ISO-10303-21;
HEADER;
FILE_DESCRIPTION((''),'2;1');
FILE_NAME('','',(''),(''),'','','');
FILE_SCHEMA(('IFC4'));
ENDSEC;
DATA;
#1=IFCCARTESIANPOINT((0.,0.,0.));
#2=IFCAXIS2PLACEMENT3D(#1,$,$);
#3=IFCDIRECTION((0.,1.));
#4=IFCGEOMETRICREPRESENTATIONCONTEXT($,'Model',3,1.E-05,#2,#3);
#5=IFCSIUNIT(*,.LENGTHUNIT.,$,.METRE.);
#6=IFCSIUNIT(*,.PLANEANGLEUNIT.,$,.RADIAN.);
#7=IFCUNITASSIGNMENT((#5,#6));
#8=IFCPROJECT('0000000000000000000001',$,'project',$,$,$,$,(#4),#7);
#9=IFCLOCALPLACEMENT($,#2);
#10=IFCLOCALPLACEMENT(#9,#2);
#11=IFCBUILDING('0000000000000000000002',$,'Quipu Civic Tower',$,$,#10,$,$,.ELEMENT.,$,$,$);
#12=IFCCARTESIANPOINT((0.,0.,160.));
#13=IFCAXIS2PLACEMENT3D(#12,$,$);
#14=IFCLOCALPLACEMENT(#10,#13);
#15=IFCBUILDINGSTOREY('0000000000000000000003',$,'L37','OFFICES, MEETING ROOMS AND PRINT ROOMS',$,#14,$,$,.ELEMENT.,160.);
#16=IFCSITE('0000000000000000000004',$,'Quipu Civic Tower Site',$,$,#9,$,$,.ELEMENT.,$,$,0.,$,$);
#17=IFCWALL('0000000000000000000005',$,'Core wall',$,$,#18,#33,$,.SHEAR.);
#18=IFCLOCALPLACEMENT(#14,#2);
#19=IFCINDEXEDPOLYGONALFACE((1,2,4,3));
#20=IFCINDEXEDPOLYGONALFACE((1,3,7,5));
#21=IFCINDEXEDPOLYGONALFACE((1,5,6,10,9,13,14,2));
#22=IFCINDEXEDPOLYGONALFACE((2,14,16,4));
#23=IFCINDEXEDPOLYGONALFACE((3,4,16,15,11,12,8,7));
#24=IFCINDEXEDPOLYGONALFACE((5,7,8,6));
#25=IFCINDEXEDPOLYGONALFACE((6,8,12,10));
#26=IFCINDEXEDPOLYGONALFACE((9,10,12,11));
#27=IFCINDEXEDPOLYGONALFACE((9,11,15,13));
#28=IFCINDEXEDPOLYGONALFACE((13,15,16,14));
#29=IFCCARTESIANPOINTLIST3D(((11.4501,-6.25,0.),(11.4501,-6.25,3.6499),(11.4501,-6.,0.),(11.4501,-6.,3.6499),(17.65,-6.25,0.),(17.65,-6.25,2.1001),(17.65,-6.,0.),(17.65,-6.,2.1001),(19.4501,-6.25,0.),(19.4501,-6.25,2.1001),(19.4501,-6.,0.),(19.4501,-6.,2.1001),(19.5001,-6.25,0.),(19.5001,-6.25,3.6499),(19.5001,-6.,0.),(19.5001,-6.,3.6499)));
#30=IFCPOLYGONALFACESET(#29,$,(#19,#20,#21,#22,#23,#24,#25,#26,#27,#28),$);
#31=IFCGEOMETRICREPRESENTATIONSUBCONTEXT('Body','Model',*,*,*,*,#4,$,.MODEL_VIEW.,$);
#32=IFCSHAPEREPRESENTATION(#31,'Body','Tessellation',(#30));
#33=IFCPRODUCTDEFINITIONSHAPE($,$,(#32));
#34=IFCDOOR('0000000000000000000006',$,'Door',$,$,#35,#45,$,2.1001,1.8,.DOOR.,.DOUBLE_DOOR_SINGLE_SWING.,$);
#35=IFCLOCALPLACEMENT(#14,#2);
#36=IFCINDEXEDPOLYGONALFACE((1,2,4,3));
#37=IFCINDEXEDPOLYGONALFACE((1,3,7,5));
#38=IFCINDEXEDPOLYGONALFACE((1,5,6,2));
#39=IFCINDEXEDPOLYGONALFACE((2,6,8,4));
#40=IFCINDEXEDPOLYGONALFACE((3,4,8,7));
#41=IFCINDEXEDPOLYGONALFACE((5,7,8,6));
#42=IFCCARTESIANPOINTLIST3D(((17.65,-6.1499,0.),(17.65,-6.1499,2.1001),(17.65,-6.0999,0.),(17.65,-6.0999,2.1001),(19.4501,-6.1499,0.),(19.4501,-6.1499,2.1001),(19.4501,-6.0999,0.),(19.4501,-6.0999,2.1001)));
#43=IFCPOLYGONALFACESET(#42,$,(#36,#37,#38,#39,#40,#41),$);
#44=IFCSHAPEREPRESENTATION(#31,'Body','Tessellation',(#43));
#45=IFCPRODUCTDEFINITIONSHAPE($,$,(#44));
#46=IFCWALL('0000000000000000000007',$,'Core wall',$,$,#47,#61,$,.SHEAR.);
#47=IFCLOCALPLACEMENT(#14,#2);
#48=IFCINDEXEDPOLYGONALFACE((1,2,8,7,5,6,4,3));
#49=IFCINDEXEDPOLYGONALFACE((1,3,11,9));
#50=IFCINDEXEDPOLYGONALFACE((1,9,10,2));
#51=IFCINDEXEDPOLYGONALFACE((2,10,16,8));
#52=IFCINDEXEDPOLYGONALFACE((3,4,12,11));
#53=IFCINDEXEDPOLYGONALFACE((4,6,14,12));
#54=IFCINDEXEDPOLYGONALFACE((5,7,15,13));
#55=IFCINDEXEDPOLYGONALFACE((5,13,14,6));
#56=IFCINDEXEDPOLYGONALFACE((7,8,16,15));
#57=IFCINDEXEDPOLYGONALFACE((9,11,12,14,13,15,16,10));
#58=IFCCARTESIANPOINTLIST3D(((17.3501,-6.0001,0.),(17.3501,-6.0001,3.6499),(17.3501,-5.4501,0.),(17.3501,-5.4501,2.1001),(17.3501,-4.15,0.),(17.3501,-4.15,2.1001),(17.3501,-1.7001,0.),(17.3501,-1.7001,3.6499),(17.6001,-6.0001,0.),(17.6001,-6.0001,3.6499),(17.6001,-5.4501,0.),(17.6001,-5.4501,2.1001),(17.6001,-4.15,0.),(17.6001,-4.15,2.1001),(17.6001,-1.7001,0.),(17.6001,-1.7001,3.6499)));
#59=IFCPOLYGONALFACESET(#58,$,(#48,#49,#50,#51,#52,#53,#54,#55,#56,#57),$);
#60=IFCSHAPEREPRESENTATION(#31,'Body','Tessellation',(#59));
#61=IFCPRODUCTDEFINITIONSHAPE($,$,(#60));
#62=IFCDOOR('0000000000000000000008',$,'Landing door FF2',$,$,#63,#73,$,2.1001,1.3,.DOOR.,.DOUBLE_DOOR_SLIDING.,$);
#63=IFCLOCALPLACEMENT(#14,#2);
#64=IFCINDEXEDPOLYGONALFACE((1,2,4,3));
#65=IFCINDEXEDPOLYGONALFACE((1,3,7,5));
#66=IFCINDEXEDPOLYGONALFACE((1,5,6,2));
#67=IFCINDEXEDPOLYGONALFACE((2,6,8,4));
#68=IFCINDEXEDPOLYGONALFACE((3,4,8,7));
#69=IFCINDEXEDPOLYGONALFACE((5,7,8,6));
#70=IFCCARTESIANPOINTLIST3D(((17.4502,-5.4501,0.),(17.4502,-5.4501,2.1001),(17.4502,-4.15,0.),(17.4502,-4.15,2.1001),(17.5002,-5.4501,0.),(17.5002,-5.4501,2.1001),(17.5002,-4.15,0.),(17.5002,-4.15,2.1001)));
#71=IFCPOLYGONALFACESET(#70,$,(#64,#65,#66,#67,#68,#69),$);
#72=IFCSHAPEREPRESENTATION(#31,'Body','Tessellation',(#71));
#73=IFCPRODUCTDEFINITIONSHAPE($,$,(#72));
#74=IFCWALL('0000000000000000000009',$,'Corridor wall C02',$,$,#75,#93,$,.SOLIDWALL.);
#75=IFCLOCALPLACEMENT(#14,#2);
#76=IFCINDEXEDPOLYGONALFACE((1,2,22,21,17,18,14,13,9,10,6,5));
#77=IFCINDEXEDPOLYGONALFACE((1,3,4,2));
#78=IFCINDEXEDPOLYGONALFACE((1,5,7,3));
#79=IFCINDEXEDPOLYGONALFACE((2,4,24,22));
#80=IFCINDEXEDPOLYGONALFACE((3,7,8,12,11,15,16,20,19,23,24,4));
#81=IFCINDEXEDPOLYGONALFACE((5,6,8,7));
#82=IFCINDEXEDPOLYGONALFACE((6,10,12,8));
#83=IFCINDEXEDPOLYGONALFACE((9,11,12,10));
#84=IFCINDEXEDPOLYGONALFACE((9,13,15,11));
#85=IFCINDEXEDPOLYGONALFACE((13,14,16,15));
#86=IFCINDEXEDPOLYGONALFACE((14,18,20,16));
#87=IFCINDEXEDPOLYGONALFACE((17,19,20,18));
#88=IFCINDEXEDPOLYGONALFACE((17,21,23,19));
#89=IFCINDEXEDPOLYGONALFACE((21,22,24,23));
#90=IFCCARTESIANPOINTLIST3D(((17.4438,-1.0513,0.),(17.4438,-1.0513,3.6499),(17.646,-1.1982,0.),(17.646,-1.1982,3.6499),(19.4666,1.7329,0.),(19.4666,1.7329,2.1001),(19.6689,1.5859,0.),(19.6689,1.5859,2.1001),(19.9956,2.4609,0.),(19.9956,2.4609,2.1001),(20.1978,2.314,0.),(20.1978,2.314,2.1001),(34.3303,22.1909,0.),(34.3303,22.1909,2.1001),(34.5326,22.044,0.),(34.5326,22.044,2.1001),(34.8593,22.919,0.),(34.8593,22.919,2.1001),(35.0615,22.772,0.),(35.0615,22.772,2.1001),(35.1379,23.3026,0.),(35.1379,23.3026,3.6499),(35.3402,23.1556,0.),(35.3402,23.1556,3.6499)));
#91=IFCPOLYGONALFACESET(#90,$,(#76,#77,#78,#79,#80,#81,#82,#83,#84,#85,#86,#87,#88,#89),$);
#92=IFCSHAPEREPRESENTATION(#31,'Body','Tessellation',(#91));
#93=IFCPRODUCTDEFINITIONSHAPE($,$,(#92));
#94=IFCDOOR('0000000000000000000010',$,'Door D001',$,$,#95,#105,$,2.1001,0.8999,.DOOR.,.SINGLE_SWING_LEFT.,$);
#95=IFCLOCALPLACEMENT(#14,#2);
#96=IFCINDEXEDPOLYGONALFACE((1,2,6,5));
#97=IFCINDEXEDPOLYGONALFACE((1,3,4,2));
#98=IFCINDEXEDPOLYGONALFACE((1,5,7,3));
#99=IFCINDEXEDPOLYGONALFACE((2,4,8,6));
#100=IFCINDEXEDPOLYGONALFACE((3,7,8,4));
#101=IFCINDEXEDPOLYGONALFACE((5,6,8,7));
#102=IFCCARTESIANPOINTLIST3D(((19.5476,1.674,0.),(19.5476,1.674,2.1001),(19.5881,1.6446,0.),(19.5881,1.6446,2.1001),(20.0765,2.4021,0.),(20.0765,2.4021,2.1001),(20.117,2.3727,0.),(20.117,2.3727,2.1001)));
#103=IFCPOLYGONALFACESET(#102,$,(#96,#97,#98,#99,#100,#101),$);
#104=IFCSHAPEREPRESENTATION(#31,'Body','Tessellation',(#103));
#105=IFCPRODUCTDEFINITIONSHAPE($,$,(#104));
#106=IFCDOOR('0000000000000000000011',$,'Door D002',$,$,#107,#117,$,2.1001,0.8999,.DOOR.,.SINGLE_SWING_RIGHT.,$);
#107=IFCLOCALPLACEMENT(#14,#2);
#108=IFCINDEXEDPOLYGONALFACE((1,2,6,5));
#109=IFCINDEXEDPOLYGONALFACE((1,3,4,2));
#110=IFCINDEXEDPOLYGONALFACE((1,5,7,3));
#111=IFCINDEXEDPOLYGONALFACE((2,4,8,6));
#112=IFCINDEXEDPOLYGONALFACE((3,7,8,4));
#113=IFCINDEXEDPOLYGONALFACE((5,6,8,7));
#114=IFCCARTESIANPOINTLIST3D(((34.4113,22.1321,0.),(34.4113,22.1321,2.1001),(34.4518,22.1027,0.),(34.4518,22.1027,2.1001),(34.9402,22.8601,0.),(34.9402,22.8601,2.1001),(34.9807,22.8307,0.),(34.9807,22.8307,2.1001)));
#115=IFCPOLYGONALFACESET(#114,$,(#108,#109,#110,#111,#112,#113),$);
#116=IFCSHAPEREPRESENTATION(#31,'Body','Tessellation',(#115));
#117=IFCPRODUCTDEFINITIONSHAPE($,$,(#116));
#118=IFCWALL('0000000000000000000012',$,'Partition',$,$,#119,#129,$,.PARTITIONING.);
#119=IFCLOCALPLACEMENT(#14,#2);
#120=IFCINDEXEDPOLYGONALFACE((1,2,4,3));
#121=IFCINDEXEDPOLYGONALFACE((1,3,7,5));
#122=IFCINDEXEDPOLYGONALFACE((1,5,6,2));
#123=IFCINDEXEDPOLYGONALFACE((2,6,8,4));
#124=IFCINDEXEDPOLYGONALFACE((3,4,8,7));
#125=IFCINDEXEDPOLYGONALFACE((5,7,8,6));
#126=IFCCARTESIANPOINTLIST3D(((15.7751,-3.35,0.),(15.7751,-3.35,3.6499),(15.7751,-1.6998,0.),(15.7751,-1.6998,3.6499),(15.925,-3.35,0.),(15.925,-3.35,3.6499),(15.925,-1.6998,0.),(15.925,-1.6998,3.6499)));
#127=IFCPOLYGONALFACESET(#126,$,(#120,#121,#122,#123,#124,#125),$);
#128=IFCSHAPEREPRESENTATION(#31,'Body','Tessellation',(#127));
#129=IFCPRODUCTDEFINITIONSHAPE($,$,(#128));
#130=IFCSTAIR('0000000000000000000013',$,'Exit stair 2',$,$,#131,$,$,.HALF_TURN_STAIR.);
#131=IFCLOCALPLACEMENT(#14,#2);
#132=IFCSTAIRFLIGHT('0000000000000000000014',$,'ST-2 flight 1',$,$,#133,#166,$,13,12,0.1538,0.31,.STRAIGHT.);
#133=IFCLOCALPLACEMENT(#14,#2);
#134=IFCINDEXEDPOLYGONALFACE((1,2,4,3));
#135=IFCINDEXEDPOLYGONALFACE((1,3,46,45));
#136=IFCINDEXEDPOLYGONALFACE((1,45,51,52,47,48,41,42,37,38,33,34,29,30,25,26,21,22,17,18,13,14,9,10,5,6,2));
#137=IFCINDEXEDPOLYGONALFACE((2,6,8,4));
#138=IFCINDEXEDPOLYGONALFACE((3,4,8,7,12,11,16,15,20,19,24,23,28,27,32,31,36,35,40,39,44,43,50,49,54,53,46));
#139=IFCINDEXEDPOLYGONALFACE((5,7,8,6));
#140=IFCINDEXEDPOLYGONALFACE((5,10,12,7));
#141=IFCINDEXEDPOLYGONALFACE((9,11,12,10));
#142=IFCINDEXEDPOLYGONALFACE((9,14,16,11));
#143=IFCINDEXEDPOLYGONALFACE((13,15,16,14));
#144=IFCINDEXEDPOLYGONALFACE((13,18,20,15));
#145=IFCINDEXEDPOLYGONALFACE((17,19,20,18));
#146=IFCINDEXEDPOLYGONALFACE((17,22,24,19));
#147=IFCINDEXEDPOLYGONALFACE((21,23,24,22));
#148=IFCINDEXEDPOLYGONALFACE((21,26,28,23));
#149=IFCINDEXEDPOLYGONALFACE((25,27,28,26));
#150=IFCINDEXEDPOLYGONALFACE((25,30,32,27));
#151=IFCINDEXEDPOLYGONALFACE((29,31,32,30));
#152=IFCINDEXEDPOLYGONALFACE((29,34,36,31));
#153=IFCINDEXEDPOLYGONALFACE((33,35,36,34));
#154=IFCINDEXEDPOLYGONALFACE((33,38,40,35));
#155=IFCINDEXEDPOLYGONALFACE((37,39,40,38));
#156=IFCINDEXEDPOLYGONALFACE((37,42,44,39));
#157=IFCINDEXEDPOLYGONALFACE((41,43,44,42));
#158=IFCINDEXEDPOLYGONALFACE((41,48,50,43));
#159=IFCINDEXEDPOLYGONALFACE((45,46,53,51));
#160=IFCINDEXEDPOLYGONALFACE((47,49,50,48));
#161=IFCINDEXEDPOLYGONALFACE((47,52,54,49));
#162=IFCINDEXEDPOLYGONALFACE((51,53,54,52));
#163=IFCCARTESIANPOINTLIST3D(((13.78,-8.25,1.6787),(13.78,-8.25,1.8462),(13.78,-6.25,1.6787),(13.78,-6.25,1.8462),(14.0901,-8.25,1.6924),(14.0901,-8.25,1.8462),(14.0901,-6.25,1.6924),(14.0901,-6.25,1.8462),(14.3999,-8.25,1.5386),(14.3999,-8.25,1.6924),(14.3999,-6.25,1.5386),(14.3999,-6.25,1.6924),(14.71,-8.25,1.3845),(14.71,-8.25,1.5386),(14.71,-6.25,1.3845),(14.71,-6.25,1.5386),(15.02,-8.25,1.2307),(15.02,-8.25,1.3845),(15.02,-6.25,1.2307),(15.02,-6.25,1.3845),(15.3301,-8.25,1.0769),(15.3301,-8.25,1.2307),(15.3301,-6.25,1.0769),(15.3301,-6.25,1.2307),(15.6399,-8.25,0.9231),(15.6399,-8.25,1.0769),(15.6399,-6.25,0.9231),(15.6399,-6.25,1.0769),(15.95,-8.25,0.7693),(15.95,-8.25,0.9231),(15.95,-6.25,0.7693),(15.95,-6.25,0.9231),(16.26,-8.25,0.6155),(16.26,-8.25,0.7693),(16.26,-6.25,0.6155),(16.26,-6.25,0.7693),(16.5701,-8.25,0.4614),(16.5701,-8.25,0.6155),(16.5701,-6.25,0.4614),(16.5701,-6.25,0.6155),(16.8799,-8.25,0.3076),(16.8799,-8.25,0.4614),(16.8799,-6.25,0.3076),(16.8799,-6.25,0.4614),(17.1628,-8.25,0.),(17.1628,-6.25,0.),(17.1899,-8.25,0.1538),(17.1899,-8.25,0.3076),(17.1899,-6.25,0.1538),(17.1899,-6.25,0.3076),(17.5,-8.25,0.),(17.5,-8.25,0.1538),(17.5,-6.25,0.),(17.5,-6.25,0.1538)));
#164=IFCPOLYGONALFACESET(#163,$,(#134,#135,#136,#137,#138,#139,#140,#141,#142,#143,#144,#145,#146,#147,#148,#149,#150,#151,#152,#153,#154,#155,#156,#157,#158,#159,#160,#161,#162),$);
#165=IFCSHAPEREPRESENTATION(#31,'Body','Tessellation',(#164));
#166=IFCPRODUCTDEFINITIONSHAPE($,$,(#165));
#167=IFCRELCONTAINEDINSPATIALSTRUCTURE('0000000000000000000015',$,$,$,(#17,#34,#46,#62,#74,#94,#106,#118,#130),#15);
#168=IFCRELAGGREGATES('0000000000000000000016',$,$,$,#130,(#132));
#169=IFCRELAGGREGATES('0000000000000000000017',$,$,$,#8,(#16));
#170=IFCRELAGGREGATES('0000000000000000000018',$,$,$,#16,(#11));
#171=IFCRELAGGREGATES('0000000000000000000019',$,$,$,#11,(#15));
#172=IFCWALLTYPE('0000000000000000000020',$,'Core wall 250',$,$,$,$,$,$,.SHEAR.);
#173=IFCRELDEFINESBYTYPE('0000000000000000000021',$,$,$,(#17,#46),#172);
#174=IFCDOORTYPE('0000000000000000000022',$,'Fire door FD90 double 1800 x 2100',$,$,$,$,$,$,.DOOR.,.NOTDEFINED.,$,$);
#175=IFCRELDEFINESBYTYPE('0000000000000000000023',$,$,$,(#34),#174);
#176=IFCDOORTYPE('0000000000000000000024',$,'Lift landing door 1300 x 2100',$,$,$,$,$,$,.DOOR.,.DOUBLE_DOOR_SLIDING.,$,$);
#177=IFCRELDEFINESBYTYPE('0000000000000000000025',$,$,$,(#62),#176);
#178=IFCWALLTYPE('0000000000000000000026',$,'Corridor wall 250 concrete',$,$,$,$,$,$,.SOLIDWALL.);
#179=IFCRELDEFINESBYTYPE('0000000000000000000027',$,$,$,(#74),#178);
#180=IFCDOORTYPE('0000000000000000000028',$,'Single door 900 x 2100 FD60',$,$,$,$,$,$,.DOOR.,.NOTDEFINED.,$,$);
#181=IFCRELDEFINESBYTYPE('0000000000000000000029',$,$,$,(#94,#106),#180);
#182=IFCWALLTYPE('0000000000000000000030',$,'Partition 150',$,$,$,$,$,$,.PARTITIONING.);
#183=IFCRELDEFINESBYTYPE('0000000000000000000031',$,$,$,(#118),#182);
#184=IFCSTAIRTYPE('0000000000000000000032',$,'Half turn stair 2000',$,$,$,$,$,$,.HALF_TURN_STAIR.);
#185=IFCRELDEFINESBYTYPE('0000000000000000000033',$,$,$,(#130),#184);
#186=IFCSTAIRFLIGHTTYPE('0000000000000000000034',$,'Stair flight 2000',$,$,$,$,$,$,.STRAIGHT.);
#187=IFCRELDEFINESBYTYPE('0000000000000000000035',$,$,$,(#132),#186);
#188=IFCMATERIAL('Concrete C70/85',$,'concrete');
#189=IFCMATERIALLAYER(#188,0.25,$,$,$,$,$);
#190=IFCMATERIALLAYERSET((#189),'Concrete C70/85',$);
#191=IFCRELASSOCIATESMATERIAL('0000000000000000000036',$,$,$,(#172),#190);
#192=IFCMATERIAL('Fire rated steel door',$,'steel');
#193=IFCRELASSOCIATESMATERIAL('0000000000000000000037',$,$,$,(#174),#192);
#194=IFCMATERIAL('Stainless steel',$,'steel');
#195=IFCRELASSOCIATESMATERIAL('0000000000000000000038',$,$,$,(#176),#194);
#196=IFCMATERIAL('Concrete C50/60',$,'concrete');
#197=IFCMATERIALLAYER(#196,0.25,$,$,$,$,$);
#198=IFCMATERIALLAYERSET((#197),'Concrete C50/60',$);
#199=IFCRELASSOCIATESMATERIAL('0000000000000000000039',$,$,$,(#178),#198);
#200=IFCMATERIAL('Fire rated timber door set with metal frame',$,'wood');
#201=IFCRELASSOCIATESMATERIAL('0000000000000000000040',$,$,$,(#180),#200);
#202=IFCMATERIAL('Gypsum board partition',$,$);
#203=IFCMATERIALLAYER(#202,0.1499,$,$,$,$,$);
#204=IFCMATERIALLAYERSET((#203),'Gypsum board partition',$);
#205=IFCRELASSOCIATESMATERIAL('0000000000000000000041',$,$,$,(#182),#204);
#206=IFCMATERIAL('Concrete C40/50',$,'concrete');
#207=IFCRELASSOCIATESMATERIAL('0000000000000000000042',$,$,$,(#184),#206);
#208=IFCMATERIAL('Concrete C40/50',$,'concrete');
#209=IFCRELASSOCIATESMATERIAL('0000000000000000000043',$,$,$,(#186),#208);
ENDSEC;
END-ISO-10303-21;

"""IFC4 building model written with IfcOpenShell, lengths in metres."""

from ifc_helpers import new_model, si_unit, direction, frame, frame_2d, origin, place, context, subcontext, project, spatial, polyline, rectangle, outline, extrude, material, layer, layer_set, type_object, element, fill, aggregate, save


model = new_model("IFC4")

# Units and contexts
model_context = context("Model", 3, precision=1e-05, world=origin(), true_north=direction((0.0, 1.0)))
body_context = subcontext(model_context, "Body", "Model", "MODEL_VIEW")
ifc_project = project(units=[si_unit("LENGTHUNIT", "METRE"), si_unit("PLANEANGLEUNIT", "RADIAN")], contexts=[model_context])

# Site, building, storey
site_placement = place(None, origin())
site = spatial("IfcSite", under=ifc_project, at=site_placement, Name="Quipu Civic Tower Site", CompositionType="ELEMENT", RefElevation=0.0)
building_placement = place(site_placement, origin())
building = spatial("IfcBuilding", under=site, at=building_placement, Name="Quipu Civic Tower", CompositionType="ELEMENT")
storey_placement = place(building_placement, frame((0.0, 0.0, 160.0)))
storey = spatial("IfcBuildingStorey", under=building, at=storey_placement, Name="L37", Description="OFFICES, MEETING ROOMS AND PRINT ROOMS", CompositionType="ELEMENT", Elevation=160.0)

# Walls, openings, doors
ifc_material_1 = material(Name="Concrete C70/85", Category="concrete")
ifc_layer_1 = layer(ifc_material_1, 0.25)
ifc_layer_set_1 = layer_set([ifc_layer_1], Name="Concrete C70/85")
wall_type_1 = type_object("IfcWallType", Name="Core wall 250", PredefinedType="SHEAR", material=ifc_layer_set_1)
wall_1_placement = place(storey_placement, frame((19.5, -6.125, 0.0), z_axis=(0.0, 0.0, 1.0), x_axis=(-1.0, 0.0, 0.0)))
wall_1 = element("IfcWall", 1, at=wall_1_placement, inside=storey, type_object=wall_type_1, Name="Core wall", PredefinedType="SHEAR", context=body_context, shape_type="SweptSolid", body=[
    extrude(rectangle(XDim=8.05, YDim=0.25, at=frame_2d((4.0249, 0.0))), origin(), (0.0, 0.0, 1.0), 3.6499),
])
opening_1_placement = place(wall_1_placement, frame((0.05, 0.0, 0.0)))
opening_1 = element("IfcOpeningElement", 2, at=opening_1_placement, cuts=wall_1, PredefinedType="OPENING", context=body_context, shape_type="SweptSolid", body=[
    extrude(rectangle(XDim=1.8, YDim=2.1001, at=frame_2d((0.8999, 1.05))), frame((0.0, 0.135, 0.0), z_axis=(0.0, -1.0, 0.0), x_axis=(1.0, 0.0, 0.0)), (0.0, 0.0, 1.0), 0.27),
])
ifc_material_2 = material(Name="Fire rated steel door", Category="steel")
door_type_1 = type_object("IfcDoorType", Name="Fire door FD90 double 1800 x 2100", OperationType="NOTDEFINED", PredefinedType="DOOR", material=ifc_material_2)
door_1_placement = place(opening_1_placement, origin())
door_1 = element("IfcDoor", 3, at=door_1_placement, inside=storey, type_object=door_type_1, Name="Door", OperationType="DOUBLE_DOOR_SINGLE_SWING", OverallHeight=2.1001, OverallWidth=1.8, PredefinedType="DOOR", context=body_context, shape_type="SweptSolid", body=[
    extrude(rectangle(XDim=1.8, YDim=2.1001, at=frame_2d((0.8999, 1.05))), frame((0.0, 0.0249, 0.0), z_axis=(0.0, -1.0, 0.0), x_axis=(1.0, 0.0, 0.0)), (0.0, 0.0, 1.0), 0.05),
])
fill(opening_1, door_1)
wall_2_placement = place(storey_placement, frame((17.4751, -6.0, 0.0), z_axis=(0.0, 0.0, 1.0), x_axis=(0.0, 1.0, 0.0)))
wall_2 = element("IfcWall", 4, at=wall_2_placement, inside=storey, type_object=wall_type_1, Name="Core wall", PredefinedType="SHEAR", context=body_context, shape_type="SweptSolid", body=[
    extrude(rectangle(XDim=4.3, YDim=0.25, at=frame_2d((2.1499, 0.0))), origin(), (0.0, 0.0, 1.0), 3.6499),
])
opening_2_placement = place(wall_2_placement, frame((0.55, 0.0, 0.0)))
opening_2 = element("IfcOpeningElement", 5, at=opening_2_placement, cuts=wall_2, PredefinedType="OPENING", context=body_context, shape_type="SweptSolid", body=[
    extrude(rectangle(XDim=1.3, YDim=2.1001, at=frame_2d((0.6499, 1.05))), frame((0.0, 0.135, 0.0), z_axis=(0.0, -1.0, 0.0), x_axis=(1.0, 0.0, 0.0)), (0.0, 0.0, 1.0), 0.27),
])
ifc_material_3 = material(Name="Stainless steel", Category="steel")
door_type_2 = type_object("IfcDoorType", Name="Lift landing door 1300 x 2100", OperationType="DOUBLE_DOOR_SLIDING", PredefinedType="DOOR", material=ifc_material_3)
door_2_placement = place(opening_2_placement, origin())
door_2 = element("IfcDoor", 6, at=door_2_placement, inside=storey, type_object=door_type_2, Name="Landing door FF2", OperationType="DOUBLE_DOOR_SLIDING", OverallHeight=2.1001, OverallWidth=1.3, PredefinedType="DOOR", context=body_context, shape_type="SweptSolid", body=[
    extrude(rectangle(XDim=1.3, YDim=2.1001, at=frame_2d((0.6499, 1.05))), frame((0.0, 0.0249, 0.0), z_axis=(0.0, -1.0, 0.0), x_axis=(1.0, 0.0, 0.0)), (0.0, 0.0, 1.0), 0.05),
])
fill(opening_2, door_2)

# Wall, openings, doors
ifc_material_4 = material(Name="Concrete C50/60", Category="concrete")
ifc_layer_2 = layer(ifc_material_4, 0.25)
ifc_layer_set_2 = layer_set([ifc_layer_2], Name="Concrete C50/60")
wall_type_2 = type_object("IfcWallType", Name="Corridor wall 250 concrete", PredefinedType="SOLIDWALL", material=ifc_layer_set_2)
wall_3_placement = place(storey_placement, frame((17.5449, -1.1248, 0.0), z_axis=(0.0, 0.0, 1.0), x_axis=(0.587786, 0.809016, 0.0)))
wall_3 = element("IfcWall", 7, at=wall_3_placement, inside=storey, type_object=wall_type_2, Name="Corridor wall C02", PredefinedType="SOLIDWALL", context=body_context, shape_type="SweptSolid", body=[
    extrude(rectangle(XDim=30.103, YDim=0.25, at=frame_2d((15.0515, 0.0))), origin(), (0.0, 0.0, 1.0), 3.6499),
])
opening_3_placement = place(wall_3_placement, frame((3.4414, 0.0, 0.0)))
opening_3 = element("IfcOpeningElement", 8, at=opening_3_placement, cuts=wall_3, PredefinedType="OPENING", context=body_context, shape_type="SweptSolid", body=[
    extrude(rectangle(XDim=0.8999, YDim=2.1001, at=frame_2d((0.45, 1.05))), frame((0.0, 0.135, 0.0), z_axis=(0.0, -1.0, 0.0), x_axis=(1.0, 0.0, 0.0)), (0.0, 0.0, 1.0), 0.27),
])
opening_4_placement = place(wall_3_placement, frame((28.729, 0.0, 0.0)))
opening_4 = element("IfcOpeningElement", 9, at=opening_4_placement, cuts=wall_3, PredefinedType="OPENING", context=body_context, shape_type="SweptSolid", body=[
    extrude(rectangle(XDim=0.8999, YDim=2.1001, at=frame_2d((0.45, 1.05))), frame((0.0, 0.135, 0.0), z_axis=(0.0, -1.0, 0.0), x_axis=(1.0, 0.0, 0.0)), (0.0, 0.0, 1.0), 0.27),
])
ifc_material_5 = material(Name="Fire rated timber door set with metal frame", Category="wood")
door_type_3 = type_object("IfcDoorType", Name="Single door 900 x 2100 FD60", OperationType="NOTDEFINED", PredefinedType="DOOR", material=ifc_material_5)
door_3_placement = place(opening_3_placement, origin())
door_3 = element("IfcDoor", 10, at=door_3_placement, inside=storey, type_object=door_type_3, Name="Door D001", OperationType="SINGLE_SWING_LEFT", OverallHeight=2.1001, OverallWidth=0.8999, PredefinedType="DOOR", context=body_context, shape_type="SweptSolid", body=[
    extrude(rectangle(XDim=0.8999, YDim=2.1001, at=frame_2d((0.45, 1.05))), frame((0.0, 0.0249, 0.0), z_axis=(0.0, -1.0, 0.0), x_axis=(1.0, 0.0, 0.0)), (0.0, 0.0, 1.0), 0.05),
])
fill(opening_3, door_3)
door_4_placement = place(opening_4_placement, origin())
door_4 = element("IfcDoor", 11, at=door_4_placement, inside=storey, type_object=door_type_3, Name="Door D002", OperationType="SINGLE_SWING_RIGHT", OverallHeight=2.1001, OverallWidth=0.8999, PredefinedType="DOOR", context=body_context, shape_type="SweptSolid", body=[
    extrude(rectangle(XDim=0.8999, YDim=2.1001, at=frame_2d((0.45, 1.05))), frame((0.0, 0.0249, 0.0), z_axis=(0.0, -1.0, 0.0), x_axis=(1.0, 0.0, 0.0)), (0.0, 0.0, 1.0), 0.05),
])
fill(opening_4, door_4)

# Wall
ifc_material_6 = material(Name="Gypsum board partition")
ifc_layer_3 = layer(ifc_material_6, 0.1499)
ifc_layer_set_3 = layer_set([ifc_layer_3], Name="Gypsum board partition")
wall_type_3 = type_object("IfcWallType", Name="Partition 150", PredefinedType="PARTITIONING", material=ifc_layer_set_3)
wall_4_placement = place(storey_placement, frame((15.8501, -3.3501, 0.0), z_axis=(0.0, 0.0, 1.0), x_axis=(0.0, 1.0, 0.0)))
element("IfcWall", 12, at=wall_4_placement, inside=storey, type_object=wall_type_3, Name="Partition", PredefinedType="PARTITIONING", context=body_context, shape_type="SweptSolid", body=[
    extrude(rectangle(XDim=1.6501, YDim=0.1499, at=frame_2d((0.8252, 0.0))), origin(), (0.0, 0.0, 1.0), 3.6499),
])

# Stair, stair flight
ifc_material_7 = material(Name="Concrete C40/50", Category="concrete")
stair_type = type_object("IfcStairType", Name="Half turn stair 2000", PredefinedType="HALF_TURN_STAIR", material=ifc_material_7)
stair_placement = place(storey_placement, origin())
stair = element("IfcStair", 13, at=stair_placement, inside=storey, type_object=stair_type, Name="Exit stair 2", PredefinedType="HALF_TURN_STAIR")
ifc_material_8 = material(Name="Concrete C40/50", Category="concrete")
stair_flight_type = type_object("IfcStairFlightType", Name="Stair flight 2000", PredefinedType="STRAIGHT", material=ifc_material_8)
stair_flight_placement = place(storey_placement, frame((17.5, -7.25, 0.0), z_axis=(0.0, 0.0, 1.0), x_axis=(-1.0, 0.0, 0.0)))
stair_flight = element("IfcStairFlight", 14, at=stair_flight_placement, type_object=stair_flight_type, Name="ST-2 flight 1", NumberOfRisers=13, NumberOfTreads=12, PredefinedType="STRAIGHT", RiserHeight=0.1538, TreadLength=0.31, context=body_context, shape_type="SweptSolid", body=[
    extrude(outline(polyline([(0.0, 0.0), (0.0, 0.1538), (0.3101, 0.1538), (0.3101, 0.3076), (0.6201, 0.3076), (0.6201, 0.4614), (0.9299, 0.4614), (0.9299, 0.6155), (1.24, 0.6155), (1.24, 0.7693), (1.55, 0.7693), (1.55, 0.9231), (1.8601, 0.9231), (1.8601, 1.0769), (2.1699, 1.0769), (2.1699, 1.2307), (2.48, 1.2307), (2.48, 1.3845), (2.79, 1.3845), (2.79, 1.5386), (3.1001, 1.5386), (3.1001, 1.6924), (3.4099, 1.6924), (3.4099, 1.8462), (3.72, 1.8462), (3.72, 2.0), (3.72, 1.6787), (0.3372, 0.0), (0.0, 0.0)])), frame((0.0, 1.0, 0.0), z_axis=(0.0, -1.0, 0.0), x_axis=(1.0, 0.0, 0.0)), (0.0, 0.0, 1.0), 2.0),
])
aggregate(stair, [stair_flight])

save(model, "model.ifc")
